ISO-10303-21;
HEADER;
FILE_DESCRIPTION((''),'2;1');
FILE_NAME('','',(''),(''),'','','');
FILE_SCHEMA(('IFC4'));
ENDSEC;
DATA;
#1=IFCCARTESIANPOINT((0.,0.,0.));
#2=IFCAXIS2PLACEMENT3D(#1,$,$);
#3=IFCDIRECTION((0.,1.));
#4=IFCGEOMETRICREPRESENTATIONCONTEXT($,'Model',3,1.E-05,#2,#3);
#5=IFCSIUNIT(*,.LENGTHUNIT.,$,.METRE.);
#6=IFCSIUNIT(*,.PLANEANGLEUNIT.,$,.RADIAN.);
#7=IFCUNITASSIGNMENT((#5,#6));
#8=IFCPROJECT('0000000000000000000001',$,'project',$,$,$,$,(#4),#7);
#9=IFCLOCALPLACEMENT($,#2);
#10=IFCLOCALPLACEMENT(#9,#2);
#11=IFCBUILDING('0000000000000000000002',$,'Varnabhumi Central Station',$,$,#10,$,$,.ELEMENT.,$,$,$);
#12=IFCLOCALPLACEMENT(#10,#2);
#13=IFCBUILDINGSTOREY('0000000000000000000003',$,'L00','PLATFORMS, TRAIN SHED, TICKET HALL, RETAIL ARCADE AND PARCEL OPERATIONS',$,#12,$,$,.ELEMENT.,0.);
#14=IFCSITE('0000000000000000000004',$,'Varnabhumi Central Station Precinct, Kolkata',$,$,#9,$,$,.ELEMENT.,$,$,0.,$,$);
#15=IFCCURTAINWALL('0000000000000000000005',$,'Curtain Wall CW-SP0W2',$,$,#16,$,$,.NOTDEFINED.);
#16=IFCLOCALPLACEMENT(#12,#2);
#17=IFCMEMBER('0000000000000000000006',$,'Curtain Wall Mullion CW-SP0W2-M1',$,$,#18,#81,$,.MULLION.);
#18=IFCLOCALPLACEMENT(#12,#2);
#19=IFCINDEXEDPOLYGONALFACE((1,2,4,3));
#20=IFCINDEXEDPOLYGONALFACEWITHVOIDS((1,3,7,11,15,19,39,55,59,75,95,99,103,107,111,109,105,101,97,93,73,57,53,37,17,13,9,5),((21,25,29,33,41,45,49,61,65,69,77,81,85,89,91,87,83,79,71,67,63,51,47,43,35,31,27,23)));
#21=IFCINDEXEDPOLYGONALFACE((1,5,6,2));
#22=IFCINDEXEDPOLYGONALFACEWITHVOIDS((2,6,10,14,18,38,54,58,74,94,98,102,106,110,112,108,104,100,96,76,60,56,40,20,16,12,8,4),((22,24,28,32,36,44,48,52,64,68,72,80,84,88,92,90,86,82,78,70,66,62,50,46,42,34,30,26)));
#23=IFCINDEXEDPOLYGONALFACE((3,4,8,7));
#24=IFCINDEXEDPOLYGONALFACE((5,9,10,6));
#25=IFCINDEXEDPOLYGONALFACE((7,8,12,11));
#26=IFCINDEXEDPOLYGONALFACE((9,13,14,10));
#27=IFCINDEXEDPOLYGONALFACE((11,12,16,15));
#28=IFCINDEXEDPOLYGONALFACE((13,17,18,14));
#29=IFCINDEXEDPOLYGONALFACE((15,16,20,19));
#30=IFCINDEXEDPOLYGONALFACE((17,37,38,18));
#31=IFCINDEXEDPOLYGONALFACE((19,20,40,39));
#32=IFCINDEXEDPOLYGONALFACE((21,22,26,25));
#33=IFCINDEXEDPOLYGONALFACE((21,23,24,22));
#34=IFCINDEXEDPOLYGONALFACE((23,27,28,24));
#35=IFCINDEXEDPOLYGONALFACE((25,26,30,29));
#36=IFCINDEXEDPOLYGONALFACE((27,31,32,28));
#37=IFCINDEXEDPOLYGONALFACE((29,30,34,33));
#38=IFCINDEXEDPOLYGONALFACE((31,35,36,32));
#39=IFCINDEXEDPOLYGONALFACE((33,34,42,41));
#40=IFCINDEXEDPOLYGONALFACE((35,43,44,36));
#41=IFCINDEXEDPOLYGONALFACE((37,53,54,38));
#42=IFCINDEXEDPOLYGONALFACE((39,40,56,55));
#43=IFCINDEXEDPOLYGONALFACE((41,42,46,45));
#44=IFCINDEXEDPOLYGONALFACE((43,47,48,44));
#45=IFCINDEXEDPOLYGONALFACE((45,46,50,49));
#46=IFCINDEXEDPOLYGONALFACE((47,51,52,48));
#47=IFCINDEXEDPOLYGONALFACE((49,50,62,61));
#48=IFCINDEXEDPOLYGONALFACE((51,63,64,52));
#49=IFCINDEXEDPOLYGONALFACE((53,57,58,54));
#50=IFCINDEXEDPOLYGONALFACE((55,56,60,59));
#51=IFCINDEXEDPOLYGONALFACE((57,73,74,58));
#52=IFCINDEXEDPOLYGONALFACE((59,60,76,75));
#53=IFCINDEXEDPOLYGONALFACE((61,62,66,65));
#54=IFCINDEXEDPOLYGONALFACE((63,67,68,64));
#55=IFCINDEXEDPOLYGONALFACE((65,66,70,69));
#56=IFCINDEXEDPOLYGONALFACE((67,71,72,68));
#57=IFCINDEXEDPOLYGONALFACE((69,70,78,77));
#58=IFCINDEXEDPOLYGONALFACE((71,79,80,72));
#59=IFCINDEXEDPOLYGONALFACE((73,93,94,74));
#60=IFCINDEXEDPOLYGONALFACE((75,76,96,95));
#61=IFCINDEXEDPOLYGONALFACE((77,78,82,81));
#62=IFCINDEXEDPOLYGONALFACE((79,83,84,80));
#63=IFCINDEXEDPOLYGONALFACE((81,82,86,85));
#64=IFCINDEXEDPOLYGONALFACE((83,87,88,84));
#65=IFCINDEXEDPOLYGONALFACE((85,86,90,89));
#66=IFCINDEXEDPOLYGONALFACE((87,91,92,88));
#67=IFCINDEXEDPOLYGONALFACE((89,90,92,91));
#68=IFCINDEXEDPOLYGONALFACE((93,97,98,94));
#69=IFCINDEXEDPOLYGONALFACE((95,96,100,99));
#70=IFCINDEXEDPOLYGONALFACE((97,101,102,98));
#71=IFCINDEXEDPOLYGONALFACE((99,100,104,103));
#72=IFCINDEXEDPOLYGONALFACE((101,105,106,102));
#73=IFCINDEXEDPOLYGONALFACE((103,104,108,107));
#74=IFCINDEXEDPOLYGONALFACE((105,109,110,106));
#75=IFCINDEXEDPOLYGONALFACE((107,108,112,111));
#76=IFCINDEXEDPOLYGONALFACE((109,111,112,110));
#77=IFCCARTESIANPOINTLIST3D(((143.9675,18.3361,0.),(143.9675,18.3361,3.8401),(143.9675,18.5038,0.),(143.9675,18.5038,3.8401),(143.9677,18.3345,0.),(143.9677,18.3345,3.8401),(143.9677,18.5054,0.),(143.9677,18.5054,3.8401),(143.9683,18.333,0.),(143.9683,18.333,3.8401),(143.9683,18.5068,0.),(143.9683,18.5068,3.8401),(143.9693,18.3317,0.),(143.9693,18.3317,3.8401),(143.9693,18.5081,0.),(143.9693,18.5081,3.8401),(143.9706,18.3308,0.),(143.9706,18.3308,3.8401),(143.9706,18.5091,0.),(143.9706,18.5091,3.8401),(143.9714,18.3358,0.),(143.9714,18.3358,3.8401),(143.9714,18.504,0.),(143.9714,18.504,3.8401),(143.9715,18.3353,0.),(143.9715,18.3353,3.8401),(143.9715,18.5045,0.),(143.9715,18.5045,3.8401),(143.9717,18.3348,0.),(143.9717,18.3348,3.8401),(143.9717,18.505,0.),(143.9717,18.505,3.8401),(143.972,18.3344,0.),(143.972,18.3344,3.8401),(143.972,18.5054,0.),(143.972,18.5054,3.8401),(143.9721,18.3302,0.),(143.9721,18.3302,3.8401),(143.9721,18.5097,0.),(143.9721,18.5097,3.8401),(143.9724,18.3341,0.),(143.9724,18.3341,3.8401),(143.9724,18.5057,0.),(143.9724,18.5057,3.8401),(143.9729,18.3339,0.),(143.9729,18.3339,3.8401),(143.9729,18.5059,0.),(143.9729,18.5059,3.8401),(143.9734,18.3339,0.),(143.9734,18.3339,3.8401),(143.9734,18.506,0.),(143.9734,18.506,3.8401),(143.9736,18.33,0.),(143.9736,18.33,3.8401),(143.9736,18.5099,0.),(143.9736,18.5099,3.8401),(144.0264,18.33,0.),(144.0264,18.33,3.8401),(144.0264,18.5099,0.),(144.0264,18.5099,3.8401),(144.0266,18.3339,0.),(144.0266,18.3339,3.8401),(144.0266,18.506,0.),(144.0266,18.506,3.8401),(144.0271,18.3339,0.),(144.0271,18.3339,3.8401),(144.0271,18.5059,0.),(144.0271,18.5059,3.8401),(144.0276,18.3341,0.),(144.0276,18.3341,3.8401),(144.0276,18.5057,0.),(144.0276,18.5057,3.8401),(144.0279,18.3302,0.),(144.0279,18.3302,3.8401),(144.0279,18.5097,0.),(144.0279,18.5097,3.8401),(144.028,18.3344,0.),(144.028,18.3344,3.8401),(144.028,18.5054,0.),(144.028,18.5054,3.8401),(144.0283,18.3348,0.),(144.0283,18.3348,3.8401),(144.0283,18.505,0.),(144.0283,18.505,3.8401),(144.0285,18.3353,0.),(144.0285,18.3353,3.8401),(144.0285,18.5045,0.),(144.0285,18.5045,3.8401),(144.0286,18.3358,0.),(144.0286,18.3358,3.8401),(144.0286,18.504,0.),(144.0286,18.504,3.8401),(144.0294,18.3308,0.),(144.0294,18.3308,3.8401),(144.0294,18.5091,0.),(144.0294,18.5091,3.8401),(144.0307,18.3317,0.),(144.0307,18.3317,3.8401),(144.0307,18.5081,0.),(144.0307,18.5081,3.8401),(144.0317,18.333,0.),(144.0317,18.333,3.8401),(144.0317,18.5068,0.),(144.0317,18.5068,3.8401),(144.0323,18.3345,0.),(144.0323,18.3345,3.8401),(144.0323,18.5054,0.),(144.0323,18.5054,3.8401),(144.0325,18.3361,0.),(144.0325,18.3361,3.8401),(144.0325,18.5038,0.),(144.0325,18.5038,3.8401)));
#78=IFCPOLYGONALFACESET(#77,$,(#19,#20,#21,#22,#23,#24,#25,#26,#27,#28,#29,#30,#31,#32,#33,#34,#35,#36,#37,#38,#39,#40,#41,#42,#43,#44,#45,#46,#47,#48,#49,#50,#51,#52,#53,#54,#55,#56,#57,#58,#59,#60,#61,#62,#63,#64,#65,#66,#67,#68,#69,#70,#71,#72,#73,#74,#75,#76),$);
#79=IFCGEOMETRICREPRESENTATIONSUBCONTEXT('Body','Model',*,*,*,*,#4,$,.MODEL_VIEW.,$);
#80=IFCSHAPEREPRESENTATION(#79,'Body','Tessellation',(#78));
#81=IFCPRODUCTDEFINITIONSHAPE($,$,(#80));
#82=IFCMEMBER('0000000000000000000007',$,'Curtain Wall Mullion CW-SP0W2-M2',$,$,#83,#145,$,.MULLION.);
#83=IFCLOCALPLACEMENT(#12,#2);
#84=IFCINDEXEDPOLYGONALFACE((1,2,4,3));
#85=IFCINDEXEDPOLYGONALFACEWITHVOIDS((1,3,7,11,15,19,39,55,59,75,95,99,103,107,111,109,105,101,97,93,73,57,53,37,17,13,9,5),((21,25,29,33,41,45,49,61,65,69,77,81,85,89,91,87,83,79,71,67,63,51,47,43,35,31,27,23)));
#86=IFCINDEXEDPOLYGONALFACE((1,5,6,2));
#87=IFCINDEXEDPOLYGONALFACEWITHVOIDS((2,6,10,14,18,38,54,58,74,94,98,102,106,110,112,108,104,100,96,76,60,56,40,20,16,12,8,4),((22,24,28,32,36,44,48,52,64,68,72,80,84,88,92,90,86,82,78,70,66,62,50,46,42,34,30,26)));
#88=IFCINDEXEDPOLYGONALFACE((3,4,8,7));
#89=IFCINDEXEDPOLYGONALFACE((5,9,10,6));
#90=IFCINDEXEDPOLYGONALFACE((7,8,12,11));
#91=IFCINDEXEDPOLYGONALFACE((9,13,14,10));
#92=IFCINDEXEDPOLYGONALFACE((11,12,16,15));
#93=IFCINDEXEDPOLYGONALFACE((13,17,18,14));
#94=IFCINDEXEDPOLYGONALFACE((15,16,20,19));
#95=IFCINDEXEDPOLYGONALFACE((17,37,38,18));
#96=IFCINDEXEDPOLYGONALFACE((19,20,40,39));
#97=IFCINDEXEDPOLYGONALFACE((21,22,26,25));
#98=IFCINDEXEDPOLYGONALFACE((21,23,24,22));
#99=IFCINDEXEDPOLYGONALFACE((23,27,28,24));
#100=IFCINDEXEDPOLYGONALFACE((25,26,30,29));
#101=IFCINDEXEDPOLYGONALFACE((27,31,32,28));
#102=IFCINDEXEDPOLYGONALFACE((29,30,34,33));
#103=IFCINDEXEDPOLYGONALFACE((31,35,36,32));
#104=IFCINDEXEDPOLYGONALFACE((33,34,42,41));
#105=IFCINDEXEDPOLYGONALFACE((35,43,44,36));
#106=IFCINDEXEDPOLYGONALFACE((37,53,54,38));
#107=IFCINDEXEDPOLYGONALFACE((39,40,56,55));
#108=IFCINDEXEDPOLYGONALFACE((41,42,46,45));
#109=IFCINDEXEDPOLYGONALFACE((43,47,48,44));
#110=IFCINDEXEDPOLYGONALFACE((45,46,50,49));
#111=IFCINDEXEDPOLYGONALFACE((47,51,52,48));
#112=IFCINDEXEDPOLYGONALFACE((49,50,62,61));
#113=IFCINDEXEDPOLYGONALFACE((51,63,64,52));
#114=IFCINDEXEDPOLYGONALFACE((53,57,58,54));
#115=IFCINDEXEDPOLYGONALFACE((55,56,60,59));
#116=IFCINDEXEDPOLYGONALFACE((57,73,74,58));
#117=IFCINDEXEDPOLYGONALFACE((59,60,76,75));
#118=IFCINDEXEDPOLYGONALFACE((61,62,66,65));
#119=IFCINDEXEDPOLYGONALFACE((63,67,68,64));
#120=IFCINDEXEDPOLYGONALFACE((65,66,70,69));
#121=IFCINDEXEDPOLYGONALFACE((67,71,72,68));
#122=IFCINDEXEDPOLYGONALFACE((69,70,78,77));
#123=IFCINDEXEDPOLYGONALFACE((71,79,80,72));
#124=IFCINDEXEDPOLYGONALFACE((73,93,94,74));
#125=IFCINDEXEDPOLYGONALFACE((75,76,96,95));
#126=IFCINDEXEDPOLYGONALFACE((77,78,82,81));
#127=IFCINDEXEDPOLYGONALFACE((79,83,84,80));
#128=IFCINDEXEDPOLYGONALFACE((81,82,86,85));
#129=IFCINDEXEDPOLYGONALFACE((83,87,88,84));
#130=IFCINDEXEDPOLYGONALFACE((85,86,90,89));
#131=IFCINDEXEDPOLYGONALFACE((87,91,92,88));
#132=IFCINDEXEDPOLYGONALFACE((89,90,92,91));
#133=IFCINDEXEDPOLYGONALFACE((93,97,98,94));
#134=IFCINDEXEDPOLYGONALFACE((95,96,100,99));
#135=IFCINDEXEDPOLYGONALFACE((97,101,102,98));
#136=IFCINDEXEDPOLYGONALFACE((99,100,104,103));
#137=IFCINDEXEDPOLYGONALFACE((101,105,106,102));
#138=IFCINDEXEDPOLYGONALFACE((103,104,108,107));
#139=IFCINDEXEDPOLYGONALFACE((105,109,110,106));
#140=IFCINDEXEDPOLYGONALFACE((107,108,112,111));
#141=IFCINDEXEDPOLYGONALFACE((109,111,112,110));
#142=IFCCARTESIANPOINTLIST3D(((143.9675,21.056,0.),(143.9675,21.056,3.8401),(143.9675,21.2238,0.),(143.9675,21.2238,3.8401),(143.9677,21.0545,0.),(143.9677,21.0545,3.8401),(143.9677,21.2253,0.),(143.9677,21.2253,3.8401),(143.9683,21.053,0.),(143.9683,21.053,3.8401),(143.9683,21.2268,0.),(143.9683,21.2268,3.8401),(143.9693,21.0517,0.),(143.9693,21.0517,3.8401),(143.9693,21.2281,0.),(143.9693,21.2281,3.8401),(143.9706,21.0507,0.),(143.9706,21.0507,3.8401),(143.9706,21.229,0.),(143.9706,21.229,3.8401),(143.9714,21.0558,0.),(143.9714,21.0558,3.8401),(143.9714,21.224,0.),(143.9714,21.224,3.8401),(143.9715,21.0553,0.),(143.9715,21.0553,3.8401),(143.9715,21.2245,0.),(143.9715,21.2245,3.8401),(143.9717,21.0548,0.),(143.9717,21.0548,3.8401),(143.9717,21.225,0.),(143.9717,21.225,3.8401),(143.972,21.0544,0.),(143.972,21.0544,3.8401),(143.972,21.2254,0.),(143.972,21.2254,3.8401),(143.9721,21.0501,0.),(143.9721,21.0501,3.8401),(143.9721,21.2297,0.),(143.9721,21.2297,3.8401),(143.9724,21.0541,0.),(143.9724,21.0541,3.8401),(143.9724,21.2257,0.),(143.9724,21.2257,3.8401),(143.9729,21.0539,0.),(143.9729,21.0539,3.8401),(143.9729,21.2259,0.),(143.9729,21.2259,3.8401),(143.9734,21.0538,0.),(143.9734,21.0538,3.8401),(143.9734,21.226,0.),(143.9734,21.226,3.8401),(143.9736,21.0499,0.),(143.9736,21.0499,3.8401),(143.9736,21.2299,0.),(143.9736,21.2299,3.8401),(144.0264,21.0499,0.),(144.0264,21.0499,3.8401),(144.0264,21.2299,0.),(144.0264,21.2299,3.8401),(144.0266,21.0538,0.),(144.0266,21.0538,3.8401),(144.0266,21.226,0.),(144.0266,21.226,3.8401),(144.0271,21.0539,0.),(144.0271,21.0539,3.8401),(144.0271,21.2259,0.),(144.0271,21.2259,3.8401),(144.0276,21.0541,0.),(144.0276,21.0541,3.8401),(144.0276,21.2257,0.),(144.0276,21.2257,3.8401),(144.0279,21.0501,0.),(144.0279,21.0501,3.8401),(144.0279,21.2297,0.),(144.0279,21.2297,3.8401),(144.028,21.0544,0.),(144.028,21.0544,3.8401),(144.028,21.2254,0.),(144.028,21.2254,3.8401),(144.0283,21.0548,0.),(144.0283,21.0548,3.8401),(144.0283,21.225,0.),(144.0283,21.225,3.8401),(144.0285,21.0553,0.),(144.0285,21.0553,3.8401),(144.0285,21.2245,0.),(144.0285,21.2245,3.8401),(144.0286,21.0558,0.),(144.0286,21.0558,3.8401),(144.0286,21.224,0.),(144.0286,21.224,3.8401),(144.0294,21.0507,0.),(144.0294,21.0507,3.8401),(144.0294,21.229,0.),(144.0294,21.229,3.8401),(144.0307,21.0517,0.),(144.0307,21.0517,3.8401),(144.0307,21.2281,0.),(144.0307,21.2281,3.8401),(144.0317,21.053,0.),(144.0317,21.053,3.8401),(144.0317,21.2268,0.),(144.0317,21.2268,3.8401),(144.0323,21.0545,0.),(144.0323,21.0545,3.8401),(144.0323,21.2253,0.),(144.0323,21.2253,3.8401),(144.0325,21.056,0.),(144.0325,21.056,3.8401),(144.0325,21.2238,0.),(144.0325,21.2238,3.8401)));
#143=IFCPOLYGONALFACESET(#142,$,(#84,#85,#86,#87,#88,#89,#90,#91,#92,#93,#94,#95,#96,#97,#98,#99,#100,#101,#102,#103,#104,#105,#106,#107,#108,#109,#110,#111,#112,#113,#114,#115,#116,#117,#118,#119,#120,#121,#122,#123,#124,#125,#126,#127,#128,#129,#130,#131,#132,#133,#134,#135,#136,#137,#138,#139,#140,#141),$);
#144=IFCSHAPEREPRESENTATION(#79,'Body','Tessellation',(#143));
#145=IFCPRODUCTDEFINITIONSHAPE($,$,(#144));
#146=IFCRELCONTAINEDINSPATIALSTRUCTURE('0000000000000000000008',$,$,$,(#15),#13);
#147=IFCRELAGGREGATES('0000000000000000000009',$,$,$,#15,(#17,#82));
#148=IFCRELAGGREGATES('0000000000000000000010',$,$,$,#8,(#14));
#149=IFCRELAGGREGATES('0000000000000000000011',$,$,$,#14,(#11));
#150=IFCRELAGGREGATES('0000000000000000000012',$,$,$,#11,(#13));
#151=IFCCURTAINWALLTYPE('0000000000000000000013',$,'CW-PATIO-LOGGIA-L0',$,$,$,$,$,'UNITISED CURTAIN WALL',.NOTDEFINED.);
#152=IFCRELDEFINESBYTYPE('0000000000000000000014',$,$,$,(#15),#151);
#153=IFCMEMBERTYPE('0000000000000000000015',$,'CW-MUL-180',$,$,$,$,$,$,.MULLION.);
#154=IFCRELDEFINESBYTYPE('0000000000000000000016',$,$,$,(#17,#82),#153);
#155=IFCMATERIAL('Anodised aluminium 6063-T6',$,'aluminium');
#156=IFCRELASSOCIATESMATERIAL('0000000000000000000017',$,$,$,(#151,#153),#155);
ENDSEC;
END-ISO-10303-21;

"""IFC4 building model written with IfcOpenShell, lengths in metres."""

from ifc_helpers import new_model, si_unit, direction, frame, origin, origin_2d, place, context, subcontext, project, spatial, hollow_rectangle, extrude, material, material_profile, profile_set, type_object, element, aggregate, save


model = new_model("IFC4")

# Units and contexts
model_context = context("Model", 3, precision=1e-05, world=origin(), true_north=direction((0.0, 1.0)))
body_context = subcontext(model_context, "Body", "Model", "MODEL_VIEW")
ifc_project = project(units=[si_unit("LENGTHUNIT", "METRE"), si_unit("PLANEANGLEUNIT", "RADIAN")], contexts=[model_context])

# Site, building, storey
site_placement = place(None, origin())
site = spatial("IfcSite", under=ifc_project, at=site_placement, Name="Varnabhumi Central Station Precinct, Kolkata", CompositionType="ELEMENT", RefElevation=0.0)
building_placement = place(site_placement, origin())
building = spatial("IfcBuilding", under=site, at=building_placement, Name="Varnabhumi Central Station", CompositionType="ELEMENT")
storey_placement = place(building_placement, origin())
storey = spatial("IfcBuildingStorey", under=building, at=storey_placement, Name="L00", Description="PLATFORMS, TRAIN SHED, TICKET HALL, RETAIL ARCADE AND PARCEL OPERATIONS", CompositionType="ELEMENT", Elevation=0.0)

# Shared definitions
ifc_material_1 = material(Name="Anodised aluminium 6063-T6", Category="aluminium")
curtain_wall_type = type_object("IfcCurtainWallType", Name="CW-PATIO-LOGGIA-L0", ElementType="UNITISED CURTAIN WALL", PredefinedType="NOTDEFINED", material=ifc_material_1)
ifc_material_profile_1 = material_profile(ifc_material_1, hollow_rectangle(XDim=0.0649, YDim=0.1799, WallThickness=0.0039, InnerFilletRadius=0.002, OuterFilletRadius=0.0061, at=origin_2d()), Name="Anodised aluminium 6063-T6", Category="aluminium")
ifc_profile_set_1 = profile_set([ifc_material_profile_1], Name="Anodised aluminium 6063-T6")
member_type_1 = type_object("IfcMemberType", Name="CW-MUL-180", PredefinedType="MULLION", material=ifc_profile_set_1)

# Curtain wall, members
curtain_wall_1_placement = place(storey_placement, origin())
curtain_wall_1 = element("IfcCurtainWall", 1, at=curtain_wall_1_placement, inside=storey, type_object=curtain_wall_type, Name="Curtain Wall CW-SP0W2", PredefinedType="NOTDEFINED")
member_1_placement = place(storey_placement, frame((144.0, 18.4199, 0.0), z_axis=(0.0, 0.0, 1.0), x_axis=(1.0, 0.0, 0.0)))
member_1 = element("IfcMember", 2, at=member_1_placement, type_object=member_type_1, Name="Curtain Wall Mullion CW-SP0W2-M1", PredefinedType="MULLION", context=body_context, shape_type="SweptSolid", body=[
    extrude(hollow_rectangle(XDim=0.0649, YDim=0.1799, WallThickness=0.0039, InnerFilletRadius=0.002, OuterFilletRadius=0.0061, at=origin_2d()), origin(), (0.0, 0.0, 1.0), 3.8401),
])
member_2_placement = place(storey_placement, frame((144.0, 21.1399, 0.0), z_axis=(0.0, 0.0, 1.0), x_axis=(1.0, 0.0, 0.0)))
member_2 = element("IfcMember", 3, at=member_2_placement, type_object=member_type_1, Name="Curtain Wall Mullion CW-SP0W2-M2", PredefinedType="MULLION", context=body_context, shape_type="SweptSolid", body=[
    extrude(hollow_rectangle(XDim=0.0649, YDim=0.1799, WallThickness=0.0039, InnerFilletRadius=0.002, OuterFilletRadius=0.0061, at=origin_2d()), origin(), (0.0, 0.0, 1.0), 3.8401),
])

aggregate(curtain_wall_1, [member_1, member_2])

save(model, "model.ifc")
